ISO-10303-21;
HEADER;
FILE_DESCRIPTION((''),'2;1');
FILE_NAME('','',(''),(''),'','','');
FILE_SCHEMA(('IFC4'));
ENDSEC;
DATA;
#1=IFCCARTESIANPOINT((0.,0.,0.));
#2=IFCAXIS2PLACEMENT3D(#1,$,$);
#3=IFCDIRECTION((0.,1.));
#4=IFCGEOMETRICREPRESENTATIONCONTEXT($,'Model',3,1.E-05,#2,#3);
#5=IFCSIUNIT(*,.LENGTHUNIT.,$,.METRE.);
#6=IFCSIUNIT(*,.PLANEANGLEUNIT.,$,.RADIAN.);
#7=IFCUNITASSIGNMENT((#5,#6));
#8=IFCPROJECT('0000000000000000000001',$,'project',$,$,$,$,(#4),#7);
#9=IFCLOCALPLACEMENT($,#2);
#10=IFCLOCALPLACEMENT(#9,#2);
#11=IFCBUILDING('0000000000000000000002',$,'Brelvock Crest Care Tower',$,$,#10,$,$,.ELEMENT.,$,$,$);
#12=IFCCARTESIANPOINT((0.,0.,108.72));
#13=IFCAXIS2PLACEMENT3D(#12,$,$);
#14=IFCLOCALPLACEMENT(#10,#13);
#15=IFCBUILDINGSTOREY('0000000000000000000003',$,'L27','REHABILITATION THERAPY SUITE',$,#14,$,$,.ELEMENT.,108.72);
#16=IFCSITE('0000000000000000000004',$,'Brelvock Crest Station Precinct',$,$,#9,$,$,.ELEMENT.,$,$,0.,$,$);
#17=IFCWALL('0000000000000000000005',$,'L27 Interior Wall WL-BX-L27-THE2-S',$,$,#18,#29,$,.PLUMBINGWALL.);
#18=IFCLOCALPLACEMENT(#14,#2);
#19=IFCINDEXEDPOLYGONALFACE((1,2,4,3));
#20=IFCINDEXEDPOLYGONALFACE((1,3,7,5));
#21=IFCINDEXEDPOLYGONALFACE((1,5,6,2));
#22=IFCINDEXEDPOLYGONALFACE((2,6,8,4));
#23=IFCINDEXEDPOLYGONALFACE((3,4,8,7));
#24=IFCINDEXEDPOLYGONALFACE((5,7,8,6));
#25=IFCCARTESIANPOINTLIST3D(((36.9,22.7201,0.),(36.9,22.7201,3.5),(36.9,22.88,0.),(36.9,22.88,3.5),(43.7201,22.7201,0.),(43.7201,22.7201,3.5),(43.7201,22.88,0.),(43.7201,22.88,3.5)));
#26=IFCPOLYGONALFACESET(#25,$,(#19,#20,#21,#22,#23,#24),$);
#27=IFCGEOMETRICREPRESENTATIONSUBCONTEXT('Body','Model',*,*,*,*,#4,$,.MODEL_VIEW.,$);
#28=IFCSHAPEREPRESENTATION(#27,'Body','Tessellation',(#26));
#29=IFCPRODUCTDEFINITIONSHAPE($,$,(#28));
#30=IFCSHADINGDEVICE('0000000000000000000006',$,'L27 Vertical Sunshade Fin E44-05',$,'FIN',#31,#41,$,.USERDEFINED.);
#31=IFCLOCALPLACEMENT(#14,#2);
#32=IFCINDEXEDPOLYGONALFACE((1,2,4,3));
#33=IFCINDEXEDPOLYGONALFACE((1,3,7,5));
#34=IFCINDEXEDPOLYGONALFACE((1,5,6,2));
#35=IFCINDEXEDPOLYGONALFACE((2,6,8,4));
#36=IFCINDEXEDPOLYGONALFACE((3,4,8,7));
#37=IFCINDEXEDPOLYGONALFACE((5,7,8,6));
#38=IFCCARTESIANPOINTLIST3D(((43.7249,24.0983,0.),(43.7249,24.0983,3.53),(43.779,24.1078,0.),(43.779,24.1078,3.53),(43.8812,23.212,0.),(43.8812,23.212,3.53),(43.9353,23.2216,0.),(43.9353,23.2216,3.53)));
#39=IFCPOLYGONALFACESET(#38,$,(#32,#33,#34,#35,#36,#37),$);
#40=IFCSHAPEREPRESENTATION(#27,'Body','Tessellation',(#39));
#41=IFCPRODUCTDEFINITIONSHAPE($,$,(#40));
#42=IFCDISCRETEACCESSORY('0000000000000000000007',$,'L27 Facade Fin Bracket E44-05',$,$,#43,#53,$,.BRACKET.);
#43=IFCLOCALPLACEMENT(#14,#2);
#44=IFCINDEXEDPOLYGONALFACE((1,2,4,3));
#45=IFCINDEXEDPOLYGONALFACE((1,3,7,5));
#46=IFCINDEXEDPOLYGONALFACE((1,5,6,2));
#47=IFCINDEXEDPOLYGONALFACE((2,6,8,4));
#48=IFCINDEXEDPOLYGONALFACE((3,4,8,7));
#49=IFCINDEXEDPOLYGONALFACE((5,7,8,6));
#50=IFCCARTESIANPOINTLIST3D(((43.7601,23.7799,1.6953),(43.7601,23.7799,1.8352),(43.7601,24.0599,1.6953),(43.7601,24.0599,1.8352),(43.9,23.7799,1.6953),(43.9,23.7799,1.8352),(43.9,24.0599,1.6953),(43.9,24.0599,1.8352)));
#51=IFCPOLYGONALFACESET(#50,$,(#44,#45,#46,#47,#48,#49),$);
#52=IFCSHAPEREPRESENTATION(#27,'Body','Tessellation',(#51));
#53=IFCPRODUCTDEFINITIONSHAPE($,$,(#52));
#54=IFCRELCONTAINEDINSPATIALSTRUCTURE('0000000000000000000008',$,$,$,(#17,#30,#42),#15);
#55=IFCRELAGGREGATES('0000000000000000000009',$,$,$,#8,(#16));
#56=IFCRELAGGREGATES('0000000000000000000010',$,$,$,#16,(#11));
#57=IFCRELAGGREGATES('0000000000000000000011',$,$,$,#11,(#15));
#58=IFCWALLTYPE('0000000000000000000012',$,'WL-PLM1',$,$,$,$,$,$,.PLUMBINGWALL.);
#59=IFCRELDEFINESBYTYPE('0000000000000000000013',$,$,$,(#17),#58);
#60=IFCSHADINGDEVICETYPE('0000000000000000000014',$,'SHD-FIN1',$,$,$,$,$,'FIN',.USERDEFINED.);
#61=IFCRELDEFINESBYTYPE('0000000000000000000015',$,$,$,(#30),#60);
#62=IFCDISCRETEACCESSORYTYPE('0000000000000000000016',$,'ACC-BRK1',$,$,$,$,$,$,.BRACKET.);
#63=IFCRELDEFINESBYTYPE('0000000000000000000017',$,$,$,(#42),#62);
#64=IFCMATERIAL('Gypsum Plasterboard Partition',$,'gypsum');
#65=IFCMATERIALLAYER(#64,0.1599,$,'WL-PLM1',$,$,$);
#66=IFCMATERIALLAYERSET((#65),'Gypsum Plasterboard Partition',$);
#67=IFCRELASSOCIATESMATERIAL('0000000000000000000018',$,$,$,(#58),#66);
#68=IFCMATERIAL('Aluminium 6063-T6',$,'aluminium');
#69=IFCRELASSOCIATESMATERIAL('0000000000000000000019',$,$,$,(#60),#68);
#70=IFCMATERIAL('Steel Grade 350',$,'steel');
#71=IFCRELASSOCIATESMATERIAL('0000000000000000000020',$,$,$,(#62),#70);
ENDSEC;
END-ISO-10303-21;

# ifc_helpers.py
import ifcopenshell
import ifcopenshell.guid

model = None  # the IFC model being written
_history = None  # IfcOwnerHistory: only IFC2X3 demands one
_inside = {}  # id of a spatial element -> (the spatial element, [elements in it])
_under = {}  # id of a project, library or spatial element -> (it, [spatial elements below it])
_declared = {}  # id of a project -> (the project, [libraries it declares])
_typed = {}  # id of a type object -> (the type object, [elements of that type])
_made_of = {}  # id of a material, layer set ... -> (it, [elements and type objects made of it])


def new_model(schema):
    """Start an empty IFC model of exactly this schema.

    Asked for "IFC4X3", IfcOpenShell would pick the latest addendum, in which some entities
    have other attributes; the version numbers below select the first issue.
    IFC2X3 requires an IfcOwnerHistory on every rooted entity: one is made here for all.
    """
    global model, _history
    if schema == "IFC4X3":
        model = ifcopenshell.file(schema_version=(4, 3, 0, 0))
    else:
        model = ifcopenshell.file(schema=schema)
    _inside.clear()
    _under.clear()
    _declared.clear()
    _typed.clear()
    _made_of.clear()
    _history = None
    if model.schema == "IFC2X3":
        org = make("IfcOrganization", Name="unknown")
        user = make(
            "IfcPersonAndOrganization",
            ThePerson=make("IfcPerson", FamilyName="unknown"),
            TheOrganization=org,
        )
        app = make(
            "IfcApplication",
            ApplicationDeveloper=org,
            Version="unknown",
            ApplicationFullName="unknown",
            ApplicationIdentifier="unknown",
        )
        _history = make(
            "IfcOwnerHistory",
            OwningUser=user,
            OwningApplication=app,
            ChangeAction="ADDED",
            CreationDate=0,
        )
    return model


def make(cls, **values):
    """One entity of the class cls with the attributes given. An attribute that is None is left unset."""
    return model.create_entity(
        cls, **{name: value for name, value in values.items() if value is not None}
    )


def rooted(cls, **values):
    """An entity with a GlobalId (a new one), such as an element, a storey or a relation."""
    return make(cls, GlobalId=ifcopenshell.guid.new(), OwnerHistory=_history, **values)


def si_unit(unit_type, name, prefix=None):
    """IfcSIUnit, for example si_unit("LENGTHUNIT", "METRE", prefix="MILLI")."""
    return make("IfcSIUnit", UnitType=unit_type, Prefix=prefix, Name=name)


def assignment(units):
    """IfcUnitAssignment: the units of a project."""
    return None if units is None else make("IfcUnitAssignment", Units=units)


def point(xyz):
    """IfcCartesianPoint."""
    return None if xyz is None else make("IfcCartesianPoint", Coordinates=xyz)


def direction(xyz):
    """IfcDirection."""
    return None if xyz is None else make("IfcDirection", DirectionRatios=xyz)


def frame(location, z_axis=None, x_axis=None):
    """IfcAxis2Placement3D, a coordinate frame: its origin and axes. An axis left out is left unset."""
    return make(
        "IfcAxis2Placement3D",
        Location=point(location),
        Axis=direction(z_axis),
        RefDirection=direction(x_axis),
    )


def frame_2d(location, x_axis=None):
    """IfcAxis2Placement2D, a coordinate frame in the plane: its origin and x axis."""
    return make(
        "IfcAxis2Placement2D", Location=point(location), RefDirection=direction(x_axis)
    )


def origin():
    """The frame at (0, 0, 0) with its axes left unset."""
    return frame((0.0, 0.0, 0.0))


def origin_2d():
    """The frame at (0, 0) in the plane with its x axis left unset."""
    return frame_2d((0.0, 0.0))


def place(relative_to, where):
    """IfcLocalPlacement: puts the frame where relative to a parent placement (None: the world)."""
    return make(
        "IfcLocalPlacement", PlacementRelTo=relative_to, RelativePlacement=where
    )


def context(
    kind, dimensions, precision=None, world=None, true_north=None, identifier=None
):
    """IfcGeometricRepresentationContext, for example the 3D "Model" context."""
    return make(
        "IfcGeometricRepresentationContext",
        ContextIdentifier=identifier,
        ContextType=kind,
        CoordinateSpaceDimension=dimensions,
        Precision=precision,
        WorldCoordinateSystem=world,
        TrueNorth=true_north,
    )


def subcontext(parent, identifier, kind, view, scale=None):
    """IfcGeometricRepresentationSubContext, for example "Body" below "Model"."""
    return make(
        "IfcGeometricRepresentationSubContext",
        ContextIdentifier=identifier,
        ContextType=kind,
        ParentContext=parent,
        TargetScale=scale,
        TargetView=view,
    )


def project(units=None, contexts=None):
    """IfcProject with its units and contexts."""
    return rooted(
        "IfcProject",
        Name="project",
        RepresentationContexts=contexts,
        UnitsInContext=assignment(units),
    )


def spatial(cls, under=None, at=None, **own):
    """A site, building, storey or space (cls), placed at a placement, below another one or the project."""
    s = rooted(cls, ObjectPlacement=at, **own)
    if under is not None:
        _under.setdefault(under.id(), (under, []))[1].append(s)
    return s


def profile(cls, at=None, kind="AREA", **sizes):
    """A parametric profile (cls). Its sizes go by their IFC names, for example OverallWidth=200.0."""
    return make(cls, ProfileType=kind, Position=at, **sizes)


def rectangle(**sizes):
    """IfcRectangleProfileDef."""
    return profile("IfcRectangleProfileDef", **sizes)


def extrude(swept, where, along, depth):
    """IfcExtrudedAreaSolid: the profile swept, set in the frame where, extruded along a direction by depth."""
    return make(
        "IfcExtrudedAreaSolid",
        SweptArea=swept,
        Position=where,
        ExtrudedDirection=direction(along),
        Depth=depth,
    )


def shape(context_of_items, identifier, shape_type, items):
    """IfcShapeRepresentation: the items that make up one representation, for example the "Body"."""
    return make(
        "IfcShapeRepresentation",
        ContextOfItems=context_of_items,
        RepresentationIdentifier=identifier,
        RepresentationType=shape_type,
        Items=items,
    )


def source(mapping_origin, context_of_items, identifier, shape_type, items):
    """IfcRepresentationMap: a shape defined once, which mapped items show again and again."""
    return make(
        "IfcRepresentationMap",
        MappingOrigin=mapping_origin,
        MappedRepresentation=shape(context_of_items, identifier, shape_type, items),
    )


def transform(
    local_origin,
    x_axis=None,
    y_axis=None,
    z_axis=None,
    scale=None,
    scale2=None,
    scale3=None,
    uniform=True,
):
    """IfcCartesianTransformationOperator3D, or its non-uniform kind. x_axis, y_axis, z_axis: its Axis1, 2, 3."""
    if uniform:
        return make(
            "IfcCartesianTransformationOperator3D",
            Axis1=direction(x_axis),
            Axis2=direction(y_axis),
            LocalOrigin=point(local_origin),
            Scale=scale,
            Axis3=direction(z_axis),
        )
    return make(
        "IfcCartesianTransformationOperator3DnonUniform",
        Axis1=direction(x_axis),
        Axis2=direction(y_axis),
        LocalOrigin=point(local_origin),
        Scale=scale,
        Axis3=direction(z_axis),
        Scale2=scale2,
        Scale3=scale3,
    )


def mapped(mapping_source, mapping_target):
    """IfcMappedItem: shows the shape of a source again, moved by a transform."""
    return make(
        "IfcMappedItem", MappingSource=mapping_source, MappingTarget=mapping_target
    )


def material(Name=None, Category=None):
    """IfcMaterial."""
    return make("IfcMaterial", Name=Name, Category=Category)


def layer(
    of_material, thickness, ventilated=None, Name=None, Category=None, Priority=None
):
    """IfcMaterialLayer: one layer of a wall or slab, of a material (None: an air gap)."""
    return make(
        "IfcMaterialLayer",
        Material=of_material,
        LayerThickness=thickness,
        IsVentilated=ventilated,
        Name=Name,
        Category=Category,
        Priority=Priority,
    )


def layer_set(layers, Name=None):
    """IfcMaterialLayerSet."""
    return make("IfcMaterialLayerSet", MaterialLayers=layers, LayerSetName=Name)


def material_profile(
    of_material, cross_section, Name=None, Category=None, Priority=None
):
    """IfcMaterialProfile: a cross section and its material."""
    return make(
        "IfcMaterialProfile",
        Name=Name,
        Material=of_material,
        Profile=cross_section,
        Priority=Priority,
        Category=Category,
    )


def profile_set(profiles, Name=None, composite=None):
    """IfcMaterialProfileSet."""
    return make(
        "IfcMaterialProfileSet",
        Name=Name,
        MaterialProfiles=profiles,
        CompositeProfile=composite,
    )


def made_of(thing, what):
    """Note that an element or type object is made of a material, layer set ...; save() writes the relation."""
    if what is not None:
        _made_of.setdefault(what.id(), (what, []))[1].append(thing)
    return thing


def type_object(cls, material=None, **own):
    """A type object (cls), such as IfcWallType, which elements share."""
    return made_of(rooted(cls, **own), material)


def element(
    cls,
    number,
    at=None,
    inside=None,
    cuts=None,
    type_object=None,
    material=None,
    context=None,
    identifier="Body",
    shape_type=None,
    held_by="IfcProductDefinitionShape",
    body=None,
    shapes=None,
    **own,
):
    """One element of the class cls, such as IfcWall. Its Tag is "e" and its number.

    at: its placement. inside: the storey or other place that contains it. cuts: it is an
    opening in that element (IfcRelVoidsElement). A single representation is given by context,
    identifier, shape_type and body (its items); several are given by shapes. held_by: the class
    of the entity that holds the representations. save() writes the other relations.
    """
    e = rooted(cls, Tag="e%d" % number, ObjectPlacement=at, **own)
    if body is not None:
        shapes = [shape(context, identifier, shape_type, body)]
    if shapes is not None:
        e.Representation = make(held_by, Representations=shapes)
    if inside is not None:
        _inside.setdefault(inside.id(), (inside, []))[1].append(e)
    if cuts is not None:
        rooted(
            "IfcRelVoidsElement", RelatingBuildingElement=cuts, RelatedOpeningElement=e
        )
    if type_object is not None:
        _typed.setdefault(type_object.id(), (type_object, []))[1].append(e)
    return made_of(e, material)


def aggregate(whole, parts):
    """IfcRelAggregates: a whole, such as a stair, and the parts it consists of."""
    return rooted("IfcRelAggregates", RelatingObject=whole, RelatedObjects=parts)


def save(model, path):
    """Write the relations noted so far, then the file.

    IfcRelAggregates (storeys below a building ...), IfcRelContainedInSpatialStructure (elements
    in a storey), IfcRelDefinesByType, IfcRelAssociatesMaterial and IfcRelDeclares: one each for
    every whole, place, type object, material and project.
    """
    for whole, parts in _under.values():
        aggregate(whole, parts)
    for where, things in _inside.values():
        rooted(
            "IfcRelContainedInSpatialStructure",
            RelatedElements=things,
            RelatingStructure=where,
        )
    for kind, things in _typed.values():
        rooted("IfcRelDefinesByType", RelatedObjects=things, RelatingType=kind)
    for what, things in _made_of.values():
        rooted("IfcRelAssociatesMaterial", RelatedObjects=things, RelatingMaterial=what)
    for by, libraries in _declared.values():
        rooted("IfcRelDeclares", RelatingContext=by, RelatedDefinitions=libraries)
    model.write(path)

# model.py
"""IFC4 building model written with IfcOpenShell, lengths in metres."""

from ifc_helpers import new_model, si_unit, direction, frame, frame_2d, origin, origin_2d, place, context, subcontext, project, spatial, rectangle, extrude, source, transform, mapped, material, layer, layer_set, material_profile, profile_set, type_object, element, save


model = new_model("IFC4")

# Units and contexts
model_context = context("Model", 3, precision=1e-05, world=origin(), true_north=direction((0.0, 1.0)))
body_context = subcontext(model_context, "Body", "Model", "MODEL_VIEW")
ifc_project = project(units=[si_unit("LENGTHUNIT", "METRE"), si_unit("PLANEANGLEUNIT", "RADIAN")], contexts=[model_context])

# Site, building, storey
site_placement = place(None, origin())
site = spatial("IfcSite", under=ifc_project, at=site_placement, Name="Brelvock Crest Station Precinct", CompositionType="ELEMENT", RefElevation=0.0)
building_placement = place(site_placement, origin())
building = spatial("IfcBuilding", under=site, at=building_placement, Name="Brelvock Crest Care Tower", CompositionType="ELEMENT")
storey_placement = place(building_placement, frame((0.0, 0.0, 108.72)))
storey = spatial("IfcBuildingStorey", under=building, at=storey_placement, Name="L27", Description="REHABILITATION THERAPY SUITE", CompositionType="ELEMENT", Elevation=108.72)

# Shared definitions
ifc_material_1 = material(Name="Steel Grade 350", Category="steel")

# Shared definitions
ifc_material_2 = material(Name="Aluminium 6063-T6", Category="aluminium")

# Wall
ifc_material_3 = material(Name="Gypsum Plasterboard Partition", Category="gypsum")
ifc_layer_1 = layer(ifc_material_3, 0.1599, Name="WL-PLM1")
ifc_layer_set_1 = layer_set([ifc_layer_1], Name="Gypsum Plasterboard Partition")
wall_type_1 = type_object("IfcWallType", Name="WL-PLM1", PredefinedType="PLUMBINGWALL", material=ifc_layer_set_1)
wall_1_placement = place(storey_placement, frame((36.8999, 22.8, 0.0), z_axis=(0.0, 0.0, 1.0), x_axis=(1.0, 0.0, 0.0)))
element("IfcWall", 1, at=wall_1_placement, inside=storey, type_object=wall_type_1, Name="L27 Interior Wall WL-BX-L27-THE2-S", PredefinedType="PLUMBINGWALL", context=body_context, shape_type="SweptSolid", body=[
    extrude(rectangle(XDim=6.8201, YDim=0.1599, at=frame_2d((3.4102, 0.0))), origin(), (0.0, 0.0, 1.0), 3.5),
])

# Shading device
ifc_material_profile_1 = material_profile(ifc_material_2, rectangle(XDim=0.0549, YDim=0.8999, at=origin_2d()), Name="FIN55x900")
ifc_profile_set_1 = profile_set([ifc_material_profile_1], Name="Aluminium 6063-T6")
shading_device_type = type_object("IfcShadingDeviceType", Name="SHD-FIN1", ElementType="FIN", PredefinedType="USERDEFINED", material=ifc_profile_set_1)
shared_shape_1 = source(origin(), body_context, "Body", "SweptSolid", [
    extrude(rectangle(XDim=0.0549, YDim=0.8999, at=origin_2d()), origin(), (0.0, 0.0, 1.0), 3.53),
])
shading_device_placement = place(storey_placement, frame((43.8301, 23.6599, 0.0), z_axis=(0.0, 0.0, 1.0), x_axis=(-0.984808, -0.173648, 0.0)))
element("IfcShadingDevice", 2, at=shading_device_placement, inside=storey, type_object=shading_device_type, Name="L27 Vertical Sunshade Fin E44-05", ObjectType="FIN", PredefinedType="USERDEFINED", context=body_context, shape_type="MappedRepresentation", body=[
    mapped(shared_shape_1, transform((0.0, 0.0, 0.0), x_axis=(1.0, 0.0, 0.0), y_axis=(0.0, 1.0, 0.0), z_axis=(0.0, 0.0, 1.0), scale=1.0)),
])

# Discrete accessory
discrete_accessory_type = type_object("IfcDiscreteAccessoryType", Name="ACC-BRK1", PredefinedType="BRACKET", material=ifc_material_1)
shared_shape_2 = source(origin(), body_context, "Body", "SweptSolid", [
    extrude(rectangle(XDim=0.28, YDim=0.1399, at=origin_2d()), origin(), (0.0, 0.0, 1.0), 0.1399),
])
discrete_accessory_placement = place(storey_placement, frame((43.8301, 23.9199, 1.6953), z_axis=(0.0, 0.0, 1.0), x_axis=(0.0, -1.0, 0.0)))
element("IfcDiscreteAccessory", 3, at=discrete_accessory_placement, inside=storey, type_object=discrete_accessory_type, Name="L27 Facade Fin Bracket E44-05", PredefinedType="BRACKET", context=body_context, shape_type="MappedRepresentation", body=[
    mapped(shared_shape_2, transform((0.0, 0.0, 0.0), x_axis=(1.0, 0.0, 0.0), y_axis=(0.0, 1.0, 0.0), z_axis=(0.0, 0.0, 1.0), scale=1.0)),
])

save(model, "model.ifc")
